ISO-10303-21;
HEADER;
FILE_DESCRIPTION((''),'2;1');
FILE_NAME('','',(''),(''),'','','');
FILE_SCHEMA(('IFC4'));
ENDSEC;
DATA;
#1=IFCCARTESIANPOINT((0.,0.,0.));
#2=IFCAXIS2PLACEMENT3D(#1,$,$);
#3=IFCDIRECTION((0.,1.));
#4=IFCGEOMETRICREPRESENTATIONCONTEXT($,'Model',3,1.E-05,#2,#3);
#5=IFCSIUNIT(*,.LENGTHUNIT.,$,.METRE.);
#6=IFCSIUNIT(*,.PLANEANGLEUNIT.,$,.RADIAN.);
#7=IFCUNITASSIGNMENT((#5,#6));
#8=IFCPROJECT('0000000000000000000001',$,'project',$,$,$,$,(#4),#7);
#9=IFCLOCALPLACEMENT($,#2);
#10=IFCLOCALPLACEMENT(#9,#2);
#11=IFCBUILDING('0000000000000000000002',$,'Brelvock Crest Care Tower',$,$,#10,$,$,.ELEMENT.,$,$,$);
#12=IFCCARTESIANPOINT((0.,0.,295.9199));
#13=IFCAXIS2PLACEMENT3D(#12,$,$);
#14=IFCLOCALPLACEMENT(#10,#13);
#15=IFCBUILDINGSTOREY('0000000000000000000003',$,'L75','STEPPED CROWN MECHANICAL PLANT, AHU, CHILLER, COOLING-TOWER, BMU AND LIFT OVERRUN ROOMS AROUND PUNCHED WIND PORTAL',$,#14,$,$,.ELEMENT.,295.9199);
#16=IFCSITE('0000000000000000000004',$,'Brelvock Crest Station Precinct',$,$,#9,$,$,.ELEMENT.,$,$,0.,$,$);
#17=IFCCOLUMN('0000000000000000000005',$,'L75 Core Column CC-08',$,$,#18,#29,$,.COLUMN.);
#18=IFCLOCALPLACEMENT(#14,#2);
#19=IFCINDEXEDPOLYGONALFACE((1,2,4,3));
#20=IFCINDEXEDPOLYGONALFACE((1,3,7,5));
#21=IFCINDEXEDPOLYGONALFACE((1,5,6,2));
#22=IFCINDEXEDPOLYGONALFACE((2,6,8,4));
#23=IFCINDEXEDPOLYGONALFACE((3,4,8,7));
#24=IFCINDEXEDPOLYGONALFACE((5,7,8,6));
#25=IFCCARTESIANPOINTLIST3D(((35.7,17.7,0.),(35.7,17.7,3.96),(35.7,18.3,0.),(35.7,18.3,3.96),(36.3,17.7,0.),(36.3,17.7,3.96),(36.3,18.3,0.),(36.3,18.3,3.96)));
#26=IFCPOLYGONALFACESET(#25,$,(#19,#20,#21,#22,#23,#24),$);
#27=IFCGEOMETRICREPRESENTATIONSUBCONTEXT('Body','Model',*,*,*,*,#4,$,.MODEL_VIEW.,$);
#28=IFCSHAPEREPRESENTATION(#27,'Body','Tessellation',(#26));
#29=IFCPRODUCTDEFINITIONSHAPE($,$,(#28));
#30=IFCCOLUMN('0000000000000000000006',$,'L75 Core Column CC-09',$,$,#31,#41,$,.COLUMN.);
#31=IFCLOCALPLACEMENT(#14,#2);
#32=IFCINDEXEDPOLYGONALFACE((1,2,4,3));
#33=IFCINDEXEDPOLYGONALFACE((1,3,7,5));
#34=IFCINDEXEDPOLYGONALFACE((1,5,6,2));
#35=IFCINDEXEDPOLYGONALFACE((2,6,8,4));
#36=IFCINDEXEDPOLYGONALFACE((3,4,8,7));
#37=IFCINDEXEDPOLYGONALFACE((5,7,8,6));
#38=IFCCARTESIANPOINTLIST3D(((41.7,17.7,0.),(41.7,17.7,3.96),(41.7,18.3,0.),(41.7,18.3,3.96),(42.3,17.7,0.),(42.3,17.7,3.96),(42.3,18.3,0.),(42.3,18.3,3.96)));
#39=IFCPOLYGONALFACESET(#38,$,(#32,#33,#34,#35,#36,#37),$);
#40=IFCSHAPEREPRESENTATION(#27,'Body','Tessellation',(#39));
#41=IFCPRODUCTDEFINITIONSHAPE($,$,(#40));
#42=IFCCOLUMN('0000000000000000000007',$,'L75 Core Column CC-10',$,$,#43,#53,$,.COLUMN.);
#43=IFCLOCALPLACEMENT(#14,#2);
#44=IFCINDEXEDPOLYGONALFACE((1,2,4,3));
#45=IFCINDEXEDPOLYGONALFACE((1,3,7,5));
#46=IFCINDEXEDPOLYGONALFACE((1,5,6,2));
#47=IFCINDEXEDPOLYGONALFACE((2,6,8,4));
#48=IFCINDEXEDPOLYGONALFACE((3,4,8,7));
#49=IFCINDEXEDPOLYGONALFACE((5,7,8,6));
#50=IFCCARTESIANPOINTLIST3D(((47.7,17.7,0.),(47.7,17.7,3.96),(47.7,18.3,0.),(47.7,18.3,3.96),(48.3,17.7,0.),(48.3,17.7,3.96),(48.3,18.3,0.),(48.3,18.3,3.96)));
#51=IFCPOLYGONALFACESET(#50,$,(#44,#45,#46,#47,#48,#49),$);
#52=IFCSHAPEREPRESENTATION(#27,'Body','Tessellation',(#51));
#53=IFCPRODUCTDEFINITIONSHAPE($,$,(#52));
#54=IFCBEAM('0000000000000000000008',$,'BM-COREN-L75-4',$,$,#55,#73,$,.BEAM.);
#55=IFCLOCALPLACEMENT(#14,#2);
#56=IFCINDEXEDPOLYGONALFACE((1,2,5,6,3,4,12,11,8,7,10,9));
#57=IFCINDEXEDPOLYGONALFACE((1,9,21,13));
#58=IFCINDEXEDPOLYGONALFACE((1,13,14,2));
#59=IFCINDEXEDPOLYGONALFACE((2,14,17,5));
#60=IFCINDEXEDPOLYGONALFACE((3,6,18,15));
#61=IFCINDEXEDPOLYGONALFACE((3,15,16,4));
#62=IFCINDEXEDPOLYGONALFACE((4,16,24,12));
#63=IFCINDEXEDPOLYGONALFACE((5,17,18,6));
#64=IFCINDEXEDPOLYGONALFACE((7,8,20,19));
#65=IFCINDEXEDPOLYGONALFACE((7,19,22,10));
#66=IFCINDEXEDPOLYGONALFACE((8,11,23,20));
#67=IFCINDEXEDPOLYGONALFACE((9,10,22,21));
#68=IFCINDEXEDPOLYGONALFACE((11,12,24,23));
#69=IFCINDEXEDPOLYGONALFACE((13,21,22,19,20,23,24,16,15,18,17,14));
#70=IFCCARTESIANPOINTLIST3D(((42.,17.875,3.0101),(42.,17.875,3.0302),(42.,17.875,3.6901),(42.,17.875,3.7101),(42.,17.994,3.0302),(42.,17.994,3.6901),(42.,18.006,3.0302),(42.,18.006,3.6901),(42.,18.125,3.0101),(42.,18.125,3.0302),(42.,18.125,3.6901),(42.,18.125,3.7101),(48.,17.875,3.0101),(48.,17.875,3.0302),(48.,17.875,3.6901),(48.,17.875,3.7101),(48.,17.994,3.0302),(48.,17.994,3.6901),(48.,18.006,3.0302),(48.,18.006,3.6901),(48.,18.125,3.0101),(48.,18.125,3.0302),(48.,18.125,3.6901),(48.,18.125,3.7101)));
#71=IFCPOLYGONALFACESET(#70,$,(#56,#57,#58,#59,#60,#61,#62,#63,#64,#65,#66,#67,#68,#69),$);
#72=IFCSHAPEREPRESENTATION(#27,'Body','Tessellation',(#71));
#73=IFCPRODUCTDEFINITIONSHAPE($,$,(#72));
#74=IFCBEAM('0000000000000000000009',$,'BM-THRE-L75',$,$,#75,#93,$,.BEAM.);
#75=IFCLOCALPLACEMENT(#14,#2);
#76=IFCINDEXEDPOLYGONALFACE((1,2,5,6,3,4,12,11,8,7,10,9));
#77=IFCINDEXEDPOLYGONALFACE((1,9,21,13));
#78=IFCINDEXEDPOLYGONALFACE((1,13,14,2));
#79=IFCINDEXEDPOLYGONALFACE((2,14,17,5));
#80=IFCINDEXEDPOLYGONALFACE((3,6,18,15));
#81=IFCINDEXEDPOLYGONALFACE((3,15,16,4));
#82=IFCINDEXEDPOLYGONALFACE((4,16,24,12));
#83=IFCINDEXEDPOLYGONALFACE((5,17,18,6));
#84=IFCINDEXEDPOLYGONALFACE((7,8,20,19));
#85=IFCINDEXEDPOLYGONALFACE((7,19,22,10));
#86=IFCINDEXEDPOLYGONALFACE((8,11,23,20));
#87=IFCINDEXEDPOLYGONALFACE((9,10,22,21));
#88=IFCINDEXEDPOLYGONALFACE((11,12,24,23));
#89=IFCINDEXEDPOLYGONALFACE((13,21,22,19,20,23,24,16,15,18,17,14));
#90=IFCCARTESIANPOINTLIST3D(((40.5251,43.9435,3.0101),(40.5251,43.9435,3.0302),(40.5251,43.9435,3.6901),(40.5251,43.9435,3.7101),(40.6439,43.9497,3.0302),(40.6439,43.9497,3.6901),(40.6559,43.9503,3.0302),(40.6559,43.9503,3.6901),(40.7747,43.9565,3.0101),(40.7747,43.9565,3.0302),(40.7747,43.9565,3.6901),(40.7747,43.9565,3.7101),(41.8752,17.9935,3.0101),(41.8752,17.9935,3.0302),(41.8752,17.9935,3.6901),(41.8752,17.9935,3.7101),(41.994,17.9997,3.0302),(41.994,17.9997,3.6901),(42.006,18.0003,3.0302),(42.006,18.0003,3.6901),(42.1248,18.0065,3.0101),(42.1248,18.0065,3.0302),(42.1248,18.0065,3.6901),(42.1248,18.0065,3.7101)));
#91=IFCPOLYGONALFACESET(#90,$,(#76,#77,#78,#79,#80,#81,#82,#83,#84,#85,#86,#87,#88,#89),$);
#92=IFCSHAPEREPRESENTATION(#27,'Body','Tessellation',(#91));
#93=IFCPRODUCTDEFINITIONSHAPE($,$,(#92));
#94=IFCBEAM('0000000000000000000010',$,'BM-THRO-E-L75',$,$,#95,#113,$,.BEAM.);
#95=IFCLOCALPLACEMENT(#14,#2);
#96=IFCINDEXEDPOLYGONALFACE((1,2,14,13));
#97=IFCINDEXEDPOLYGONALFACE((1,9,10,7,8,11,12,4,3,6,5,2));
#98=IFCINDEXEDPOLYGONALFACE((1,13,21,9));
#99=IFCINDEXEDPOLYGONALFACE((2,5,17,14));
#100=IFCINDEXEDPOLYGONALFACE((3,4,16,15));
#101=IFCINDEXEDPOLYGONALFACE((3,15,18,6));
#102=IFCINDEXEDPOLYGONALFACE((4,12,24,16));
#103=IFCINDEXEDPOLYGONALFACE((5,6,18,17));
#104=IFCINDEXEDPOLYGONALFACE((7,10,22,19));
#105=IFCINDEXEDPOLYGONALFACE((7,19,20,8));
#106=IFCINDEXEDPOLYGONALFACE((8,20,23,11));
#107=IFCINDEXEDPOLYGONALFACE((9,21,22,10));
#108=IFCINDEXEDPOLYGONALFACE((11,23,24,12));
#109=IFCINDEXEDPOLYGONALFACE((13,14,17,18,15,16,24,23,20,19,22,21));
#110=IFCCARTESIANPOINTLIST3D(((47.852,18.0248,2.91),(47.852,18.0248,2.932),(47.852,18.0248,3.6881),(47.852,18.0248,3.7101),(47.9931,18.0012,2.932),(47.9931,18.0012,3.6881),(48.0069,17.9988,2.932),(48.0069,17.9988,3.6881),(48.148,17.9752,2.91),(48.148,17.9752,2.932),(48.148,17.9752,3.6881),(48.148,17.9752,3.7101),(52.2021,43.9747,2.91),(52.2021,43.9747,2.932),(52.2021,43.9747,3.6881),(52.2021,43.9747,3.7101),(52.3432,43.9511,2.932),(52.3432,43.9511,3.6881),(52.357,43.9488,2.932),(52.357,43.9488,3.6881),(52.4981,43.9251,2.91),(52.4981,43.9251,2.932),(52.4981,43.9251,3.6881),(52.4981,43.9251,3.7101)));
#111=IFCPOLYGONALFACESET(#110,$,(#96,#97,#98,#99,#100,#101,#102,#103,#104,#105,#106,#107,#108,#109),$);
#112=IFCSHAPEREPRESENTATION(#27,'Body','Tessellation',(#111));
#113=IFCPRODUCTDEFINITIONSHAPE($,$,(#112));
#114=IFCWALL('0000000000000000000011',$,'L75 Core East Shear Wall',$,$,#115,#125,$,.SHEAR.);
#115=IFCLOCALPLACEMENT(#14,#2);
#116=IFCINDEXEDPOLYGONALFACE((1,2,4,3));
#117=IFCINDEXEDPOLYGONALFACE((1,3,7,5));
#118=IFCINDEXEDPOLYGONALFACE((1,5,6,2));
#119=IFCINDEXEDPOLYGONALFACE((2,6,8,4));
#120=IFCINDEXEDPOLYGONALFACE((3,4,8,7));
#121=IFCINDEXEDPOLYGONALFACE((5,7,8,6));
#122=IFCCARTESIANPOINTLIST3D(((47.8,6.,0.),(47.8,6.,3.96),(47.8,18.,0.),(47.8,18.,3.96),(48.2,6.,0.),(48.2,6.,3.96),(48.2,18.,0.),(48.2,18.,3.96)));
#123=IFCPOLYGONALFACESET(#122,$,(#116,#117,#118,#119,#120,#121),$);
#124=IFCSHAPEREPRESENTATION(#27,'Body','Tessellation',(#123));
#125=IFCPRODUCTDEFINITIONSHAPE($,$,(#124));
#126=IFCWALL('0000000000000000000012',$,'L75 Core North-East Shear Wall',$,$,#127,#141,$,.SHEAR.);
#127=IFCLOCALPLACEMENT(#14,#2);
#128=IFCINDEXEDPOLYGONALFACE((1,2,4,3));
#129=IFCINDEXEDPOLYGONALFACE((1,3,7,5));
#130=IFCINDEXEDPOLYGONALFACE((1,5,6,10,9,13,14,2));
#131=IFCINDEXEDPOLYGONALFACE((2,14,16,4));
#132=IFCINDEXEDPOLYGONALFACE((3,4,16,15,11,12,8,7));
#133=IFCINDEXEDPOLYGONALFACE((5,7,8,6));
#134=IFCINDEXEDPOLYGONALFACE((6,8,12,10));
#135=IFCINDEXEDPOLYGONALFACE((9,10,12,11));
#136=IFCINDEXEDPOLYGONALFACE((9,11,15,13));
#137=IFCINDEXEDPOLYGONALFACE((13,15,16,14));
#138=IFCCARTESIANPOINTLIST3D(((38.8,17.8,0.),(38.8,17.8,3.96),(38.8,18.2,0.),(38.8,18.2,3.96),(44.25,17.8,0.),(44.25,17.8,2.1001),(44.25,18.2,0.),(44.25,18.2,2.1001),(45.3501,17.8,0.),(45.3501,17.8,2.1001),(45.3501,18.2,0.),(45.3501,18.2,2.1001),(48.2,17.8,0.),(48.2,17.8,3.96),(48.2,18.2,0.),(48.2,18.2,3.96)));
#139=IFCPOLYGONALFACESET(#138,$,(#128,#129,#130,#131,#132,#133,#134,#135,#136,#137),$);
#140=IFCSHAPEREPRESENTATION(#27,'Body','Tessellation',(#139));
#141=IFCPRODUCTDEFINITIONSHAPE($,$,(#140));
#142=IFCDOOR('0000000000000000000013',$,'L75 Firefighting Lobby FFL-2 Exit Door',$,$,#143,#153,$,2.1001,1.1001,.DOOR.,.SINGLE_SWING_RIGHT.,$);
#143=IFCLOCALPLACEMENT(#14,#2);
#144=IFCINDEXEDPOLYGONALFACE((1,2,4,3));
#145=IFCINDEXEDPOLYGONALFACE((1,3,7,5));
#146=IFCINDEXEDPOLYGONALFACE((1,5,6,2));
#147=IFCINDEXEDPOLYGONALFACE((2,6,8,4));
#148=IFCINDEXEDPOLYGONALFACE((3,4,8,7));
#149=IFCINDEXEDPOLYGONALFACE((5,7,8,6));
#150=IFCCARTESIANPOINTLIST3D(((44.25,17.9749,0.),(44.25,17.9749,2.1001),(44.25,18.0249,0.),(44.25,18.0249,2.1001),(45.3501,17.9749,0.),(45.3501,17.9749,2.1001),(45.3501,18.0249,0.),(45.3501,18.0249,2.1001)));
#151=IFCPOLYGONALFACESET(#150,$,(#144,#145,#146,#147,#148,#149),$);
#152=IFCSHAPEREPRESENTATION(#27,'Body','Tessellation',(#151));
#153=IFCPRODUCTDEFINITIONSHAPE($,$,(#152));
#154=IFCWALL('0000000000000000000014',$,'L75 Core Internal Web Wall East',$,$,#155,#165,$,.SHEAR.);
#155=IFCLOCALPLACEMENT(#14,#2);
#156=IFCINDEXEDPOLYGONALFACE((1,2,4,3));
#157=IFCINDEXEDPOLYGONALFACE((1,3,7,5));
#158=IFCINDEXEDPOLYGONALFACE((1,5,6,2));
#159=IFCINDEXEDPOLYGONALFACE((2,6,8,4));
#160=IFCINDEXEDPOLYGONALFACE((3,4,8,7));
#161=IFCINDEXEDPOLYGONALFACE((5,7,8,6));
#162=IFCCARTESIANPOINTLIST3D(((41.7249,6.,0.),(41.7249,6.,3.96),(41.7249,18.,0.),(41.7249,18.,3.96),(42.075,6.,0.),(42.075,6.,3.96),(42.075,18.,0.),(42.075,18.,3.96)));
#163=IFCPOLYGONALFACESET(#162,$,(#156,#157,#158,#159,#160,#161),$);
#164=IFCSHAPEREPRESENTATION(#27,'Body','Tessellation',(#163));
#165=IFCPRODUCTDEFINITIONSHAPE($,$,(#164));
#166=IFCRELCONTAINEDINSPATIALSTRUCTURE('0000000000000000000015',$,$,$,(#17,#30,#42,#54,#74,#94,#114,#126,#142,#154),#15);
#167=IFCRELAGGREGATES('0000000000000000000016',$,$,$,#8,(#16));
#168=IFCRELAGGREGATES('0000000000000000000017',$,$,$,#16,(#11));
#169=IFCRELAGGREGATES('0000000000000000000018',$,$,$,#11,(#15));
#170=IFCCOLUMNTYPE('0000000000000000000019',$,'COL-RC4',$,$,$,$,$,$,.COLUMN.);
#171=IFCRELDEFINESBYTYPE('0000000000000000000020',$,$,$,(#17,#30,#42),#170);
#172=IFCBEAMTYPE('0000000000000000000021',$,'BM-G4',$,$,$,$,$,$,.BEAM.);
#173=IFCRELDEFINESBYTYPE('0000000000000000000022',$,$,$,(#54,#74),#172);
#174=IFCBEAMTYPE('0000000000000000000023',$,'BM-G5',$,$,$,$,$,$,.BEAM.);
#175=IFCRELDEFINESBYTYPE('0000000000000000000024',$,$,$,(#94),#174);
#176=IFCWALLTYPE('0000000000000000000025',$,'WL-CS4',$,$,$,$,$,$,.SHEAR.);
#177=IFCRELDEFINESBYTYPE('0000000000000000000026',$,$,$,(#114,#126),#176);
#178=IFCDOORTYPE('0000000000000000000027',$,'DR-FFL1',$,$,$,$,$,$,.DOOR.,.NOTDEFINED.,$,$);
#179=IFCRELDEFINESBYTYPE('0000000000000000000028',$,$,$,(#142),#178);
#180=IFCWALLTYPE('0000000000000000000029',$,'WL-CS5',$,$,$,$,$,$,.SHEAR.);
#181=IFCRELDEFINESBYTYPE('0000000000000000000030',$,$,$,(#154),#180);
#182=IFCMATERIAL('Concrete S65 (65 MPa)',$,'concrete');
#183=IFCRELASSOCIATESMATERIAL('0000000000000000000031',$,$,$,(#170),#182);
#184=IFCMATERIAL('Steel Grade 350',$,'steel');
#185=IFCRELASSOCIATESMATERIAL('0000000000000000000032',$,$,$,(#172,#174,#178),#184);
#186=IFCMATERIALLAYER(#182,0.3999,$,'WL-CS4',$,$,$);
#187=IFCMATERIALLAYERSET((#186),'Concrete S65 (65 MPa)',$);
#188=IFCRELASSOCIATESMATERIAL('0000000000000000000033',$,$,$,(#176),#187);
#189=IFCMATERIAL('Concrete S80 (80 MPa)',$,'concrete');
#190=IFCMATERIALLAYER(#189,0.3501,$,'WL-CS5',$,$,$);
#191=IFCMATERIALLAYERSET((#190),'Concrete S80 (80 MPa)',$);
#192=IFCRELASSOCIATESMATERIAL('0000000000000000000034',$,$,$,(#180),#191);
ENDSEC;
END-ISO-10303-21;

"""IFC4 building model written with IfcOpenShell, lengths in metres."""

from ifc_helpers import new_model, si_unit, direction, frame, frame_2d, origin, origin_2d, place, context, subcontext, project, spatial, rectangle, i_section, extrude, source, transform, mapped, material, layer, layer_set, material_profile, profile_set, type_object, element, fill, save


model = new_model("IFC4")

# Units and contexts
model_context = context("Model", 3, precision=1e-05, world=origin(), true_north=direction((0.0, 1.0)))
body_context = subcontext(model_context, "Body", "Model", "MODEL_VIEW")
ifc_project = project(units=[si_unit("LENGTHUNIT", "METRE"), si_unit("PLANEANGLEUNIT", "RADIAN")], contexts=[model_context])

# Site, building, storey
site_placement = place(None, origin())
site = spatial("IfcSite", under=ifc_project, at=site_placement, Name="Brelvock Crest Station Precinct", CompositionType="ELEMENT", RefElevation=0.0)
building_placement = place(site_placement, origin())
building = spatial("IfcBuilding", under=site, at=building_placement, Name="Brelvock Crest Care Tower", CompositionType="ELEMENT")
storey_placement = place(building_placement, frame((0.0, 0.0, 295.9199)))
storey = spatial("IfcBuildingStorey", under=building, at=storey_placement, Name="L75", Description="STEPPED CROWN MECHANICAL PLANT, AHU, CHILLER, COOLING-TOWER, BMU AND LIFT OVERRUN ROOMS AROUND PUNCHED WIND PORTAL", CompositionType="ELEMENT", Elevation=295.9199)

# Columns
ifc_material_1 = material(Name="Concrete S65 (65 MPa)", Category="concrete")
ifc_material_profile_1 = material_profile(ifc_material_1, rectangle(XDim=0.6001, YDim=0.6001, at=origin_2d()), Name="RC600x600")
ifc_profile_set_1 = profile_set([ifc_material_profile_1], Name="Concrete S65 (65 MPa)")
column_type = type_object("IfcColumnType", Name="COL-RC4", PredefinedType="COLUMN", material=ifc_profile_set_1)
shared_shape_1 = source(origin(), body_context, "Body", "SweptSolid", [
    extrude(rectangle(XDim=0.6001, YDim=0.6001, at=origin_2d()), origin(), (0.0, 0.0, 1.0), 3.96),
])
for number, where, z_axis, x_axis, name in (
    (1, (36.0, 18.0, 0.0), (0.0, 0.0, 1.0), (1.0, 0.0, 0.0), "L75 Core Column CC-08"),
    (2, (42.0, 18.0, 0.0), (0.0, 0.0, 1.0), (1.0, 0.0, 0.0), "L75 Core Column CC-09"),
    (3, (48.0, 18.0, 0.0), (0.0, 0.0, 1.0), (1.0, 0.0, 0.0), "L75 Core Column CC-10"),
):
    element("IfcColumn", number, at=place(storey_placement, frame(where, z_axis=z_axis, x_axis=x_axis)), inside=storey, type_object=column_type, Name=name, PredefinedType="COLUMN", context=body_context, shape_type="MappedRepresentation", body=[
        mapped(shared_shape_1, transform((0.0, 0.0, 0.0), x_axis=(1.0, 0.0, 0.0), y_axis=(0.0, 1.0, 0.0), z_axis=(0.0, 0.0, 1.0), scale=1.0)),
    ])

# Beams
ifc_material_2 = material(Name="Steel Grade 350", Category="steel")
ifc_material_profile_2 = material_profile(ifc_material_2, i_section(OverallWidth=0.25, OverallDepth=0.7, WebThickness=0.012, FlangeThickness=0.02, at=origin_2d()), Name="700WB150")
ifc_profile_set_2 = profile_set([ifc_material_profile_2], Name="Steel Grade 350")
beam_type_1 = type_object("IfcBeamType", Name="BM-G4", PredefinedType="BEAM", material=ifc_profile_set_2)
shared_shape_2 = source(origin(), body_context, "Body", "SweptSolid", [
    extrude(i_section(OverallWidth=0.25, OverallDepth=0.7, WebThickness=0.012, FlangeThickness=0.02, at=origin_2d()), origin(), (0.0, 0.0, 1.0), 6.0),
])
beam_1_placement = place(storey_placement, frame((42.0, 18.0, 3.3601), z_axis=(1.0, 0.0, 0.0), x_axis=(0.0, 1.0, 0.0)))
element("IfcBeam", 4, at=beam_1_placement, inside=storey, type_object=beam_type_1, Name="BM-COREN-L75-4", PredefinedType="BEAM", context=body_context, shape_type="MappedRepresentation", body=[
    mapped(shared_shape_2, transform((0.0, 0.0, 0.0), x_axis=(1.0, 0.0, 0.0), y_axis=(0.0, 1.0, 0.0), z_axis=(0.0, 0.0, 1.0), scale=1.0)),
])
shared_shape_3 = source(origin(), body_context, "Body", "SweptSolid", [
    extrude(i_section(OverallWidth=0.25, OverallDepth=0.7, WebThickness=0.012, FlangeThickness=0.02, at=origin_2d()), origin(), (0.0, 0.0, 1.0), 25.9851),
])
beam_2_placement = place(storey_placement, frame((42.0, 18.0, 3.3601), z_axis=(-0.051957, 0.998649, 0.0), x_axis=(-0.998649, -0.051957, 0.0)))
element("IfcBeam", 5, at=beam_2_placement, inside=storey, type_object=beam_type_1, Name="BM-THRE-L75", PredefinedType="BEAM", context=body_context, shape_type="MappedRepresentation", body=[
    mapped(shared_shape_3, transform((0.0, 0.0, 0.0), x_axis=(1.0, 0.0, 0.0), y_axis=(0.0, 1.0, 0.0), z_axis=(0.0, 0.0, 1.0), scale=1.0)),
])
ifc_material_profile_3 = material_profile(ifc_material_2, i_section(OverallWidth=0.3, OverallDepth=0.8, WebThickness=0.0139, FlangeThickness=0.022, at=origin_2d()), Name="800WB192")
ifc_profile_set_3 = profile_set([ifc_material_profile_3], Name="Steel Grade 350")
beam_type_2 = type_object("IfcBeamType", Name="BM-G5", PredefinedType="BEAM", material=ifc_profile_set_3)
shared_shape_4 = source(origin(), body_context, "Body", "SweptSolid", [
    extrude(i_section(OverallWidth=0.3, OverallDepth=0.8, WebThickness=0.0139, FlangeThickness=0.022, at=origin_2d()), origin(), (0.0, 0.0, 1.0), 26.312),
])
beam_3_placement = place(storey_placement, frame((48.0, 18.0, 3.3101), z_axis=(0.165327, 0.986239, 0.0), x_axis=(-0.986239, 0.165327, 0.0)))
element("IfcBeam", 6, at=beam_3_placement, inside=storey, type_object=beam_type_2, Name="BM-THRO-E-L75", PredefinedType="BEAM", context=body_context, shape_type="MappedRepresentation", body=[
    mapped(shared_shape_4, transform((0.0, 0.0, 0.0), x_axis=(1.0, 0.0, 0.0), y_axis=(0.0, 1.0, 0.0), z_axis=(0.0, 0.0, 1.0), scale=1.0)),
])

# Wall
ifc_layer_1 = layer(ifc_material_1, 0.3999, Name="WL-CS4")
ifc_layer_set_1 = layer_set([ifc_layer_1], Name="Concrete S65 (65 MPa)")
wall_type_1 = type_object("IfcWallType", Name="WL-CS4", PredefinedType="SHEAR", material=ifc_layer_set_1)
wall_1_placement = place(storey_placement, frame((48.0, 18.0, 0.0), z_axis=(0.0, 0.0, 1.0), x_axis=(0.0, -1.0, 0.0)))
element("IfcWall", 7, at=wall_1_placement, inside=storey, type_object=wall_type_1, Name="L75 Core East Shear Wall", PredefinedType="SHEAR", context=body_context, shape_type="SweptSolid", body=[
    extrude(rectangle(XDim=12.0, YDim=0.3999, at=frame_2d((6.0, 0.0))), origin(), (0.0, 0.0, 1.0), 3.96),
])

# Wall, opening, door
wall_2_placement = place(storey_placement, frame((38.8, 18.0, 0.0), z_axis=(0.0, 0.0, 1.0), x_axis=(1.0, 0.0, 0.0)))
wall_2 = element("IfcWall", 8, at=wall_2_placement, inside=storey, type_object=wall_type_1, Name="L75 Core North-East Shear Wall", PredefinedType="SHEAR", context=body_context, shape_type="SweptSolid", body=[
    extrude(rectangle(XDim=9.3999, YDim=0.3999, at=frame_2d((4.7, 0.0))), origin(), (0.0, 0.0, 1.0), 3.96),
])
opening_1_placement = place(wall_2_placement, frame((5.45, 0.0, 0.0)))
opening_1 = element("IfcOpeningElement", 9, at=opening_1_placement, cuts=wall_2, PredefinedType="OPENING", context=body_context, shape_type="SweptSolid", body=[
    extrude(rectangle(XDim=1.1001, YDim=2.1001, at=origin_2d()), frame((0.55, 0.21, 1.05), z_axis=(0.0, -1.0, 0.0), x_axis=(1.0, 0.0, 0.0)), (0.0, 0.0, 1.0), 0.4199),
])
door_type_1 = type_object("IfcDoorType", Name="DR-FFL1", OperationType="NOTDEFINED", PredefinedType="DOOR", material=ifc_material_2)
shared_shape_5 = source(origin(), body_context, "Body", "SweptSolid", [
    extrude(rectangle(XDim=1.1001, YDim=2.1001, at=origin_2d()), frame((0.55, 0.0249, 1.05), z_axis=(0.0, -1.0, 0.0), x_axis=(1.0, 0.0, 0.0)), (0.0, 0.0, 1.0), 0.05),
])
door_1_placement = place(opening_1_placement, origin())
door_1 = element("IfcDoor", 10, at=door_1_placement, inside=storey, type_object=door_type_1, Name="L75 Firefighting Lobby FFL-2 Exit Door", OperationType="SINGLE_SWING_RIGHT", OverallHeight=2.1001, OverallWidth=1.1001, PredefinedType="DOOR", context=body_context, shape_type="MappedRepresentation", body=[
    mapped(shared_shape_5, transform((0.0, 0.0, 0.0), x_axis=(1.0, 0.0, 0.0), y_axis=(0.0, 1.0, 0.0), z_axis=(0.0, 0.0, 1.0), scale=1.0)),
])
fill(opening_1, door_1)

# Wall
ifc_material_3 = material(Name="Concrete S80 (80 MPa)", Category="concrete")
ifc_layer_2 = layer(ifc_material_3, 0.3501, Name="WL-CS5")
ifc_layer_set_2 = layer_set([ifc_layer_2], Name="Concrete S80 (80 MPa)")
wall_type_2 = type_object("IfcWallType", Name="WL-CS5", PredefinedType="SHEAR", material=ifc_layer_set_2)
wall_3_placement = place(storey_placement, frame((41.8999, 18.0, 0.0), z_axis=(0.0, 0.0, 1.0), x_axis=(0.0, -1.0, 0.0)))
element("IfcWall", 11, at=wall_3_placement, inside=storey, type_object=wall_type_2, Name="L75 Core Internal Web Wall East", PredefinedType="SHEAR", context=body_context, shape_type="SweptSolid", body=[
    extrude(rectangle(XDim=12.0, YDim=0.3501, at=frame_2d((6.0, 0.0))), origin(), (0.0, 0.0, 1.0), 3.96),
])

save(model, "model.ifc")
